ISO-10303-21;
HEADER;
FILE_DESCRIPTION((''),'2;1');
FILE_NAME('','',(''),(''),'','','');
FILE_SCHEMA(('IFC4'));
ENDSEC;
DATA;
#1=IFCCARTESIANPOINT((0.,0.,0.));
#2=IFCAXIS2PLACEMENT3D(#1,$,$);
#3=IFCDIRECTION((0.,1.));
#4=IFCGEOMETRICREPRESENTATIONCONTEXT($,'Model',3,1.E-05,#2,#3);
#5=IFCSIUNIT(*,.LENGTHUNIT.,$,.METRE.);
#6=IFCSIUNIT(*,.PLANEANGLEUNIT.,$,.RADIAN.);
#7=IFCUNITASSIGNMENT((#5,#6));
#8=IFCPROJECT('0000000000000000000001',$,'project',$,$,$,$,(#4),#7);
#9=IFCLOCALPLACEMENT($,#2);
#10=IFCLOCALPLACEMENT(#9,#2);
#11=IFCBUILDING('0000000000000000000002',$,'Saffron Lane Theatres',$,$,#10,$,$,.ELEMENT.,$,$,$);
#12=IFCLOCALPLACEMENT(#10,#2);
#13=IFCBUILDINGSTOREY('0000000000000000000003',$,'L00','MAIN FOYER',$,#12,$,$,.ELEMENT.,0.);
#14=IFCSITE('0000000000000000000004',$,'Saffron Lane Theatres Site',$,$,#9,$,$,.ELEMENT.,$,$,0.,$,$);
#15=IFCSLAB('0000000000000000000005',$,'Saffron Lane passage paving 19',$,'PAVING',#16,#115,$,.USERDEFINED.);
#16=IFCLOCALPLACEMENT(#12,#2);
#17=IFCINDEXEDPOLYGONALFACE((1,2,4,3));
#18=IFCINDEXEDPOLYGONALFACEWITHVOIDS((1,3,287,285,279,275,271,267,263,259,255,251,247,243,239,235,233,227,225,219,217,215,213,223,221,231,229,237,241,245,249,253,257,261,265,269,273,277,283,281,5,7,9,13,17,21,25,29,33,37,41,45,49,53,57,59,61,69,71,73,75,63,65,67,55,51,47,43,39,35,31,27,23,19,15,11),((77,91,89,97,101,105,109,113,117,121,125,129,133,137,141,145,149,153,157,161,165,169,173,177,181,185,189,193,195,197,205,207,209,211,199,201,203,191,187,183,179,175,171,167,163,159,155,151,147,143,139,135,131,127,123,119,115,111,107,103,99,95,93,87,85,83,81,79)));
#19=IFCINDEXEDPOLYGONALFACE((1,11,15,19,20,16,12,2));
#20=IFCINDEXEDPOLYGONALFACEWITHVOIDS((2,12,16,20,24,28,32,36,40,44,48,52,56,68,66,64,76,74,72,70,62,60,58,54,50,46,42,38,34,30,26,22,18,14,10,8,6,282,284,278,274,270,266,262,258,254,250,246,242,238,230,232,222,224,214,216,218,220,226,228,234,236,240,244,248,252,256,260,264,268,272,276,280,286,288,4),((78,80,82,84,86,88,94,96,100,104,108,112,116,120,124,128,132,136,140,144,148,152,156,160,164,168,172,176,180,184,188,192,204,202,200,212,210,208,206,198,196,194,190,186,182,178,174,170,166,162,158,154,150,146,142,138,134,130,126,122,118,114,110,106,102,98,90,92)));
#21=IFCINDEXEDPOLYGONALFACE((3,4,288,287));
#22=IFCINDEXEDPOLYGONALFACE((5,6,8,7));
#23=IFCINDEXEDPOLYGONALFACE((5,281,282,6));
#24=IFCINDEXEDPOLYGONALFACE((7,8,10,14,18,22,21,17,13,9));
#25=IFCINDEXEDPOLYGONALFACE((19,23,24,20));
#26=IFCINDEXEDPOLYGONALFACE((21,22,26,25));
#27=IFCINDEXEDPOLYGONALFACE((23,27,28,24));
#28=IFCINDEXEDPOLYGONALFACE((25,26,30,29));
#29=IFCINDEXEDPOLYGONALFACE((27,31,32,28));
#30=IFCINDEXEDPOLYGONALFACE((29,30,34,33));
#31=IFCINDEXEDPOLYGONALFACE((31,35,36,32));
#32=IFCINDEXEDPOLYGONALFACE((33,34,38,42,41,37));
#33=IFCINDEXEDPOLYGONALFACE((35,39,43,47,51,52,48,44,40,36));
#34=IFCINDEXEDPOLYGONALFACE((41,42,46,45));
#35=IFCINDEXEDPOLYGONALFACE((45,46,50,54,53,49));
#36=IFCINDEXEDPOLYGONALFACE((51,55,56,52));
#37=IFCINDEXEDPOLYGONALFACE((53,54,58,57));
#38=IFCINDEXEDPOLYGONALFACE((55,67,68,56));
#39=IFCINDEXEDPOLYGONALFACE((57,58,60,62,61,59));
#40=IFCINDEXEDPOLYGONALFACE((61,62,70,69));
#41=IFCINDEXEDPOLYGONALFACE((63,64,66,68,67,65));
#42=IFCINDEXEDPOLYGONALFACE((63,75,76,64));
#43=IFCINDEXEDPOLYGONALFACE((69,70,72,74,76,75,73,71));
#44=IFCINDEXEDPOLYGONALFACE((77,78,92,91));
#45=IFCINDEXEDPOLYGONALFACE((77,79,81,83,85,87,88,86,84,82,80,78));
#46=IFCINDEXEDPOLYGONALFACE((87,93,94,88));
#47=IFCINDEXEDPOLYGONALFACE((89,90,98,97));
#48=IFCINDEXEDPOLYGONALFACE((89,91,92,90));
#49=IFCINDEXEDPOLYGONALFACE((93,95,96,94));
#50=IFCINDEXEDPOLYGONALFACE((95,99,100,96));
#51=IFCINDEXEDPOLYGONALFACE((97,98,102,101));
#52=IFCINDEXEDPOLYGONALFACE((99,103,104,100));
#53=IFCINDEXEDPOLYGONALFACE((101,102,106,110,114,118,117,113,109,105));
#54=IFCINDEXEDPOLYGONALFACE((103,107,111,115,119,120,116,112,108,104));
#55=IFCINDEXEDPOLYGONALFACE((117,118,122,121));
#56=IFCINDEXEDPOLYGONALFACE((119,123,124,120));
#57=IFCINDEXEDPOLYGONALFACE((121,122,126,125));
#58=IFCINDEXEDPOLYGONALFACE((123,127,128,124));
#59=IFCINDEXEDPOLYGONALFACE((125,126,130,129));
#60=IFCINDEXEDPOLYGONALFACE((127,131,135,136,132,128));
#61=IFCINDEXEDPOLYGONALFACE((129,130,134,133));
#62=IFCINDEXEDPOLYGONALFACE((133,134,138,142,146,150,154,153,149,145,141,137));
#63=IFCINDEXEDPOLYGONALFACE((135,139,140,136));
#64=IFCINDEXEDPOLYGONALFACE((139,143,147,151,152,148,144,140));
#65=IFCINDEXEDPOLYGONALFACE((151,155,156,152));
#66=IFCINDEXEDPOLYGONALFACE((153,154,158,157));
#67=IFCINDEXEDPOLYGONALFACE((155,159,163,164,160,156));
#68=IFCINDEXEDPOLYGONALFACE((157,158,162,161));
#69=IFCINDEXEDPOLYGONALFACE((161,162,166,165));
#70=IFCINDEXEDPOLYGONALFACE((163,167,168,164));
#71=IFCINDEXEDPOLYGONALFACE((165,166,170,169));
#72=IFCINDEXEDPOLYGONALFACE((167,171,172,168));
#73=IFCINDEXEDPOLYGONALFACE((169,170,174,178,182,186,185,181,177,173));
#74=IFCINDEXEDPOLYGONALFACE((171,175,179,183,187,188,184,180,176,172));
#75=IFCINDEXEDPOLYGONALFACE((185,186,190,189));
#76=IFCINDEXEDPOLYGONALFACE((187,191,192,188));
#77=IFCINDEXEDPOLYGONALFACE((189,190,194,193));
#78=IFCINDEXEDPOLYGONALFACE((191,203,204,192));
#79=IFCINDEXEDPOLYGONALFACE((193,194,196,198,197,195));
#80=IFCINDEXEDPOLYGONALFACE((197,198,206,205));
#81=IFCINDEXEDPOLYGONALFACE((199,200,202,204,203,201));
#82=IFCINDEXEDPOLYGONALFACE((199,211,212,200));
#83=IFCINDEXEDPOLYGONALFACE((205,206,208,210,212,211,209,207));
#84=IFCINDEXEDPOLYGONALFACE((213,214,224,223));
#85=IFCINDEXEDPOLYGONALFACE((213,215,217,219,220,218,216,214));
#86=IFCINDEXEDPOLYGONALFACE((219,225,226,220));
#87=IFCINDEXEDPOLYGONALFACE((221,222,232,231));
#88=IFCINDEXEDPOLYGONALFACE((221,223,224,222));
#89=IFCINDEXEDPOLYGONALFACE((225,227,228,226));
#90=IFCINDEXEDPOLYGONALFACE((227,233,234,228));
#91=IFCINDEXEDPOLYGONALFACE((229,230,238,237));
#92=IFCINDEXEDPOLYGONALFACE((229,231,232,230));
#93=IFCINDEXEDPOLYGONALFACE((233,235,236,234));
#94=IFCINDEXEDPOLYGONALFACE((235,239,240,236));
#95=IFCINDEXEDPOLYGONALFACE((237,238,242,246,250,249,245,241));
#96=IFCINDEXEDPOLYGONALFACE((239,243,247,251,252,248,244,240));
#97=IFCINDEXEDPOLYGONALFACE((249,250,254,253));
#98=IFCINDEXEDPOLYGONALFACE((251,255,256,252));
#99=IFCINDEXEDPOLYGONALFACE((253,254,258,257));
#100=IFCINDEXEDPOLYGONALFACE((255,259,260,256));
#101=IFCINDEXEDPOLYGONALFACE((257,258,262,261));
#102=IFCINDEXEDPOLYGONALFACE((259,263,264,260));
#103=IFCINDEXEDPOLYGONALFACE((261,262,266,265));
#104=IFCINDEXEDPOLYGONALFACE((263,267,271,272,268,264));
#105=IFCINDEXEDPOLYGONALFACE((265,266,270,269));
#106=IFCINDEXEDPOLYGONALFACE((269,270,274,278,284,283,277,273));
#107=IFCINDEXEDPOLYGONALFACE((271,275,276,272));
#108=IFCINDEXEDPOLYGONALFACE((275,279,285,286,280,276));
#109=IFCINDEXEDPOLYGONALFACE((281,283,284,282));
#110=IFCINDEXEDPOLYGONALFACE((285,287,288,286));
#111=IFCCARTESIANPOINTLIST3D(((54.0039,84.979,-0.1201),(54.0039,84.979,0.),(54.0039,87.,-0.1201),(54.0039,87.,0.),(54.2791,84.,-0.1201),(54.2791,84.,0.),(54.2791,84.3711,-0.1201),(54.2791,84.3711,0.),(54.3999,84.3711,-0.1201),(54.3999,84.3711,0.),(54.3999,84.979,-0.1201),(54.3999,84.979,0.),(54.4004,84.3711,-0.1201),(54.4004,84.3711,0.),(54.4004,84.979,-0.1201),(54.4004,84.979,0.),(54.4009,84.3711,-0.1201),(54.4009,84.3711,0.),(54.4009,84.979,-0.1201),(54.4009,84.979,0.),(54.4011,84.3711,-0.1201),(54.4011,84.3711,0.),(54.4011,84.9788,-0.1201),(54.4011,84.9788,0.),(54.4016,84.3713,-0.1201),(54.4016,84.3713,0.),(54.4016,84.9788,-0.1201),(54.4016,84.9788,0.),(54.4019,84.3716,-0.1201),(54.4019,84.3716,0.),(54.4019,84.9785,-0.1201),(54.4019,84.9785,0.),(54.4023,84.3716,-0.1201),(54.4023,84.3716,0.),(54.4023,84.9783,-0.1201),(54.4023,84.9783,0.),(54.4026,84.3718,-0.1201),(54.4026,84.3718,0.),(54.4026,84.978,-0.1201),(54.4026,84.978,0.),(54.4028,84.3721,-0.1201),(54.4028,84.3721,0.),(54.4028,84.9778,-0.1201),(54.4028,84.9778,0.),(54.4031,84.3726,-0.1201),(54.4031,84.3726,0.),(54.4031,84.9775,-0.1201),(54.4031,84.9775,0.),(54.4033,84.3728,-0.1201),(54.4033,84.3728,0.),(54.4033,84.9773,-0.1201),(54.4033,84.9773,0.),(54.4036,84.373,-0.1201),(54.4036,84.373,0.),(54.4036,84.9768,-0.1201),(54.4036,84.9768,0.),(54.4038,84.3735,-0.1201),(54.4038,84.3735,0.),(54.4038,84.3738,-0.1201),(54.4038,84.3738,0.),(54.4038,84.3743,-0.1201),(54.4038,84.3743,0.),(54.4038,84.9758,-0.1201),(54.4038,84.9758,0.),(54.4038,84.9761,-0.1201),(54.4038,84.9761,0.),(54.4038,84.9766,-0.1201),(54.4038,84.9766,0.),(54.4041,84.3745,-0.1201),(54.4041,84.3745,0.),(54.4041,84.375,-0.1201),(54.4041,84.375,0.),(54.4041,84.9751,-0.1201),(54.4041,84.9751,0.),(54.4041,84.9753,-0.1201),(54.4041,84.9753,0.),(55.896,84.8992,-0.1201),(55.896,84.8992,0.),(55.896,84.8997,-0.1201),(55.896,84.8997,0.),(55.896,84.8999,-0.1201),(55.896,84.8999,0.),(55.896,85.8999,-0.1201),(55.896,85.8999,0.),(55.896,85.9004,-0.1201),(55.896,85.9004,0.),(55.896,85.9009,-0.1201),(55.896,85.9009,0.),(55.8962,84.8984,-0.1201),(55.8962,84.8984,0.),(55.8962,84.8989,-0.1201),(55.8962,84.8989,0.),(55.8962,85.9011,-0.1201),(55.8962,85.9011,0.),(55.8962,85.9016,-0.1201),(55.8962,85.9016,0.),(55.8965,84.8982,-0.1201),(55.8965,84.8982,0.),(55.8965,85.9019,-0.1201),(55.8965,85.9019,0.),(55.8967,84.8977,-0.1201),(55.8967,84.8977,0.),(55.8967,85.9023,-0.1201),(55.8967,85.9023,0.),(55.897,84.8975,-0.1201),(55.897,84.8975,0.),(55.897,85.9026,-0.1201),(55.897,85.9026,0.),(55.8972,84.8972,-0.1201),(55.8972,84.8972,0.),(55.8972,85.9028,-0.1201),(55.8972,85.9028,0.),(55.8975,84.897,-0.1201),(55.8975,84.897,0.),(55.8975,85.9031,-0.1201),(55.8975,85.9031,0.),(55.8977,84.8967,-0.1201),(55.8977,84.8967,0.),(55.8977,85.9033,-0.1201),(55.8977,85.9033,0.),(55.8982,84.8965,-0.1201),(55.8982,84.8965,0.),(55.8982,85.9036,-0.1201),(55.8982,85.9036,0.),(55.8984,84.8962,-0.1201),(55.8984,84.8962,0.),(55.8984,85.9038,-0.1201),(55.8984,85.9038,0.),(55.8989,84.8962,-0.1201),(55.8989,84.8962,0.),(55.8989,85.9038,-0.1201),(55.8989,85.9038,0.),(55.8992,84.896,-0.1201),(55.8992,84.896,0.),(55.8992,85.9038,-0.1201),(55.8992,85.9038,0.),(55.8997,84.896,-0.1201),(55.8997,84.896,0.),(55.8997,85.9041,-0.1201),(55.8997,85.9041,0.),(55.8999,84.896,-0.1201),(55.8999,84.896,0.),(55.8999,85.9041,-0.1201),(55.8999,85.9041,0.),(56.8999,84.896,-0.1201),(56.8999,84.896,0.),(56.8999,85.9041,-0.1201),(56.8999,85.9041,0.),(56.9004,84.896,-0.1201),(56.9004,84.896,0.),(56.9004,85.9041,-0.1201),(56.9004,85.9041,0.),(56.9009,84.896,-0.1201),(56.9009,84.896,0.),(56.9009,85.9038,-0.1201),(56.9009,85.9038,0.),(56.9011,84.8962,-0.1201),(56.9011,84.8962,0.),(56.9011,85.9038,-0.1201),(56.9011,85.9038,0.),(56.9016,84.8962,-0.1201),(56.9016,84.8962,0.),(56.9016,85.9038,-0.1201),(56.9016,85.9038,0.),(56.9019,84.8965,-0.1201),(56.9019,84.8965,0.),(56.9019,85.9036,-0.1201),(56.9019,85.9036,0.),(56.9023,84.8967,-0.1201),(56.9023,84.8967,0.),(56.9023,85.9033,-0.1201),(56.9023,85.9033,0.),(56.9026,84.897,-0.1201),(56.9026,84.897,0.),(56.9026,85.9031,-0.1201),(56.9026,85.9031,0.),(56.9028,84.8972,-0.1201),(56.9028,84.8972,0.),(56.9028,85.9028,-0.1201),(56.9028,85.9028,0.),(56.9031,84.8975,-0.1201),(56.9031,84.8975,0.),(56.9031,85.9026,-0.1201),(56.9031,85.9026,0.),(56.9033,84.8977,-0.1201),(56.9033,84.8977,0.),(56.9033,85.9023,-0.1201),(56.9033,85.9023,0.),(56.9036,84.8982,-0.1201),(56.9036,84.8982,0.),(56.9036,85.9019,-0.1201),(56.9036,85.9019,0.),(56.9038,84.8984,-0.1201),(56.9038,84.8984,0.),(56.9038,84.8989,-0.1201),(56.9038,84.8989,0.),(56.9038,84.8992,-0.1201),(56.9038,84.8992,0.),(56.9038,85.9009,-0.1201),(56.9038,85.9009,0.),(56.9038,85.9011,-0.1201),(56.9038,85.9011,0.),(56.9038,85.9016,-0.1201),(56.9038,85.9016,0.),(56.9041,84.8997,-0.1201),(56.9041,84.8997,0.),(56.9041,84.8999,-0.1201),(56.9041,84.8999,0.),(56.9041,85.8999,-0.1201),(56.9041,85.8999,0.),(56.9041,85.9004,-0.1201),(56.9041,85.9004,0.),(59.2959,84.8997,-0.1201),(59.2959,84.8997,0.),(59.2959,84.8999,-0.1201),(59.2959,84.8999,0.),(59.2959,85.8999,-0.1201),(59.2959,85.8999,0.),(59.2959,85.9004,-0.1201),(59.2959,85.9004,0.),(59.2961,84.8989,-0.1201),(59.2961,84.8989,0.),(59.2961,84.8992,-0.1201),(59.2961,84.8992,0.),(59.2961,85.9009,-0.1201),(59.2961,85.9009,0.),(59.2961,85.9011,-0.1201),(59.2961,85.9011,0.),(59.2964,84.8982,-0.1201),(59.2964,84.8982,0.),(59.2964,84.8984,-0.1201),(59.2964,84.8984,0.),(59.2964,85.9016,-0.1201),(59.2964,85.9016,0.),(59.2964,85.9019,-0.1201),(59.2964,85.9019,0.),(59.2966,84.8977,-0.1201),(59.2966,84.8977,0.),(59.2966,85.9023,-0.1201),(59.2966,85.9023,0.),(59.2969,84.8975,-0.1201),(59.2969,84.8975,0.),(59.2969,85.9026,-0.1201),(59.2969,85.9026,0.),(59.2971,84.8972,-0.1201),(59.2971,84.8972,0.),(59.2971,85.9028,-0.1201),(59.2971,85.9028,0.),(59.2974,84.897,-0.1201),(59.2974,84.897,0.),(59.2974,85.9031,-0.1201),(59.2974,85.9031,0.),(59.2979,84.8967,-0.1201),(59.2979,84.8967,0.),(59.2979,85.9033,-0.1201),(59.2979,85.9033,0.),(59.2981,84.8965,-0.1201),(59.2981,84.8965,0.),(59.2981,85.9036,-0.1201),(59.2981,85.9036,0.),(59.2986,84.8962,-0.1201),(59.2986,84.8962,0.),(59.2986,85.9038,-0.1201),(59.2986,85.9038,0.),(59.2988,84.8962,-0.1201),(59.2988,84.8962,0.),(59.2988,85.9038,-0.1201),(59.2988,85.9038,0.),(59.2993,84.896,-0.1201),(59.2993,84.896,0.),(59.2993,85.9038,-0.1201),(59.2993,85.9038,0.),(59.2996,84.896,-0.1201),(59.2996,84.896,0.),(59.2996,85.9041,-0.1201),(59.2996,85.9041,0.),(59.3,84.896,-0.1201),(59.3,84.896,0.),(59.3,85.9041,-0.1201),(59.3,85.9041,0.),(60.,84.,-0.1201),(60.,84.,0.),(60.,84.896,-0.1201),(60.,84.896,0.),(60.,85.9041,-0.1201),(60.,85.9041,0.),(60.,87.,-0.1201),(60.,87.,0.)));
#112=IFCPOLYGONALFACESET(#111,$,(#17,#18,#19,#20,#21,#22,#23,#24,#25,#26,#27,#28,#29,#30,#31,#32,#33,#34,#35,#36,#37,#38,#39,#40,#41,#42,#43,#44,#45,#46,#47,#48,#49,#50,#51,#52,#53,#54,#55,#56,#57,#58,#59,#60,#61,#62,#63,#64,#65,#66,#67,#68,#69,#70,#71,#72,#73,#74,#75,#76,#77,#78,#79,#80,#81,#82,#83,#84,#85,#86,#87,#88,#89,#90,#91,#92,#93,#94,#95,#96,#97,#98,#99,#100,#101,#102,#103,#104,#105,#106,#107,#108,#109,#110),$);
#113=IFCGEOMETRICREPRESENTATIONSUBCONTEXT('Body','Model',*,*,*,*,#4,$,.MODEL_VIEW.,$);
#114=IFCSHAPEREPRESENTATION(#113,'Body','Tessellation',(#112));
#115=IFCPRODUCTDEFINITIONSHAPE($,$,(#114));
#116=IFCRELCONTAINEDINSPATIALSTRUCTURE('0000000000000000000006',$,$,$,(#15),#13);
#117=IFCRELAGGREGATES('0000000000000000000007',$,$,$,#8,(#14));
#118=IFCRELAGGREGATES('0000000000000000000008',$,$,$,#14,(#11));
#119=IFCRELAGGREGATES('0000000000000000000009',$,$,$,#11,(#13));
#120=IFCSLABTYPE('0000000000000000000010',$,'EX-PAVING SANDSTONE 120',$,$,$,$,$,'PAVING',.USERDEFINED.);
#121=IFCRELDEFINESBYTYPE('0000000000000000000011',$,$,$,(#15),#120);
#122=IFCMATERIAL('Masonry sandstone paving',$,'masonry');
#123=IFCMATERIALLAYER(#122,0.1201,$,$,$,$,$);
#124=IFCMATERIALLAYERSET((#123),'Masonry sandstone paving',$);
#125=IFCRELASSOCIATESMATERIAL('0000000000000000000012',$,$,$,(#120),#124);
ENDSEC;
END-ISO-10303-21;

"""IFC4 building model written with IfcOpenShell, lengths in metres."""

from ifc_helpers import new_model, si_unit, direction, frame, origin, place, context, subcontext, project, spatial, polyline, outline, extrude, material, layer, layer_set, type_object, element, save


model = new_model("IFC4")

# Units and contexts
model_context = context("Model", 3, precision=1e-05, world=origin(), true_north=direction((0.0, 1.0)))
body_context = subcontext(model_context, "Body", "Model", "MODEL_VIEW")
ifc_project = project(units=[si_unit("LENGTHUNIT", "METRE"), si_unit("PLANEANGLEUNIT", "RADIAN")], contexts=[model_context])

# Site, building, storey
site_placement = place(None, origin())
site = spatial("IfcSite", under=ifc_project, at=site_placement, Name="Saffron Lane Theatres Site", CompositionType="ELEMENT", RefElevation=0.0)
building_placement = place(site_placement, origin())
building = spatial("IfcBuilding", under=site, at=building_placement, Name="Saffron Lane Theatres", CompositionType="ELEMENT")
storey_placement = place(building_placement, origin())
storey = spatial("IfcBuildingStorey", under=building, at=storey_placement, Name="L00", Description="MAIN FOYER", CompositionType="ELEMENT", Elevation=0.0)

# Slab
ifc_material_1 = material(Name="Masonry sandstone paving", Category="masonry")
ifc_layer_1 = layer(ifc_material_1, 0.1201)
ifc_layer_set_1 = layer_set([ifc_layer_1], Name="Masonry sandstone paving")
slab_type_1 = type_object("IfcSlabType", Name="EX-PAVING SANDSTONE 120", ElementType="PAVING", PredefinedType="USERDEFINED", material=ifc_layer_set_1)
slab_1_placement = place(storey_placement, frame((0.0, 0.0, -0.1201)))
element("IfcSlab", 1, at=slab_1_placement, inside=storey, type_object=slab_type_1, Name="Saffron Lane passage paving 19", ObjectType="PAVING", PredefinedType="USERDEFINED", context=body_context, shape_type="SweptSolid", body=[
    extrude(outline(polyline([(60.0, 85.9041), (60.0, 87.0), (54.0039, 87.0), (54.0039, 84.979), (54.3999, 84.979), (54.4004, 84.979), (54.4009, 84.979), (54.4011, 84.9788), (54.4016, 84.9788), (54.4019, 84.9785), (54.4023, 84.9783), (54.4026, 84.978), (54.4028, 84.9778), (54.4031, 84.9775), (54.4033, 84.9773), (54.4036, 84.9768), (54.4038, 84.9766), (54.4038, 84.9761), (54.4038, 84.9758), (54.4041, 84.9753), (54.4041, 84.9751), (54.4041, 84.375), (54.4041, 84.3745), (54.4038, 84.3743), (54.4038, 84.3738), (54.4038, 84.3735), (54.4036, 84.373), (54.4033, 84.3728), (54.4031, 84.3726), (54.4028, 84.3721), (54.4026, 84.3718), (54.4023, 84.3716), (54.4019, 84.3716), (54.4016, 84.3713), (54.4011, 84.3711), (54.4009, 84.3711), (54.4004, 84.3711), (54.3999, 84.3711), (54.2791, 84.3711), (54.2791, 84.0), (60.0, 84.0), (60.0, 84.896), (59.3, 84.896), (59.2996, 84.896), (59.2993, 84.896), (59.2988, 84.8962), (59.2986, 84.8962), (59.2981, 84.8965), (59.2979, 84.8967), (59.2974, 84.897), (59.2971, 84.8972), (59.2969, 84.8975), (59.2966, 84.8977), (59.2964, 84.8982), (59.2964, 84.8984), (59.2961, 84.8989), (59.2961, 84.8992), (59.2959, 84.8997), (59.2959, 84.8999), (59.2959, 85.8999), (59.2959, 85.9004), (59.2961, 85.9009), (59.2961, 85.9011), (59.2964, 85.9016), (59.2964, 85.9019), (59.2966, 85.9023), (59.2969, 85.9026), (59.2971, 85.9028), (59.2974, 85.9031), (59.2979, 85.9033), (59.2981, 85.9036), (59.2986, 85.9038), (59.2988, 85.9038), (59.2993, 85.9038), (59.2996, 85.9041), (59.3, 85.9041), (60.0, 85.9041)]), holes=[polyline([(55.896, 85.9009), (55.8962, 85.9011), (55.8962, 85.9016), (55.8965, 85.9019), (55.8967, 85.9023), (55.897, 85.9026), (55.8972, 85.9028), (55.8975, 85.9031), (55.8977, 85.9033), (55.8982, 85.9036), (55.8984, 85.9038), (55.8989, 85.9038), (55.8992, 85.9038), (55.8997, 85.9041), (55.8999, 85.9041), (56.8999, 85.9041), (56.9004, 85.9041), (56.9009, 85.9038), (56.9011, 85.9038), (56.9016, 85.9038), (56.9019, 85.9036), (56.9023, 85.9033), (56.9026, 85.9031), (56.9028, 85.9028), (56.9031, 85.9026), (56.9033, 85.9023), (56.9036, 85.9019), (56.9038, 85.9016), (56.9038, 85.9011), (56.9038, 85.9009), (56.9041, 85.9004), (56.9041, 85.8999), (56.9041, 84.8999), (56.9041, 84.8997), (56.9038, 84.8992), (56.9038, 84.8989), (56.9038, 84.8984), (56.9036, 84.8982), (56.9033, 84.8977), (56.9031, 84.8975), (56.9028, 84.8972), (56.9026, 84.897), (56.9023, 84.8967), (56.9019, 84.8965), (56.9016, 84.8962), (56.9011, 84.8962), (56.9009, 84.896), (56.9004, 84.896), (56.8999, 84.896), (55.8999, 84.896), (55.8997, 84.896), (55.8992, 84.896), (55.8989, 84.8962), (55.8984, 84.8962), (55.8982, 84.8965), (55.8977, 84.8967), (55.8975, 84.897), (55.8972, 84.8972), (55.897, 84.8975), (55.8967, 84.8977), (55.8965, 84.8982), (55.8962, 84.8984), (55.8962, 84.8989), (55.896, 84.8992), (55.896, 84.8997), (55.896, 84.8999), (55.896, 85.8999), (55.896, 85.9004), (55.896, 85.9009)])]), origin(), (0.0, 0.0, 1.0), 0.1201),
])

save(model, "model.ifc")
